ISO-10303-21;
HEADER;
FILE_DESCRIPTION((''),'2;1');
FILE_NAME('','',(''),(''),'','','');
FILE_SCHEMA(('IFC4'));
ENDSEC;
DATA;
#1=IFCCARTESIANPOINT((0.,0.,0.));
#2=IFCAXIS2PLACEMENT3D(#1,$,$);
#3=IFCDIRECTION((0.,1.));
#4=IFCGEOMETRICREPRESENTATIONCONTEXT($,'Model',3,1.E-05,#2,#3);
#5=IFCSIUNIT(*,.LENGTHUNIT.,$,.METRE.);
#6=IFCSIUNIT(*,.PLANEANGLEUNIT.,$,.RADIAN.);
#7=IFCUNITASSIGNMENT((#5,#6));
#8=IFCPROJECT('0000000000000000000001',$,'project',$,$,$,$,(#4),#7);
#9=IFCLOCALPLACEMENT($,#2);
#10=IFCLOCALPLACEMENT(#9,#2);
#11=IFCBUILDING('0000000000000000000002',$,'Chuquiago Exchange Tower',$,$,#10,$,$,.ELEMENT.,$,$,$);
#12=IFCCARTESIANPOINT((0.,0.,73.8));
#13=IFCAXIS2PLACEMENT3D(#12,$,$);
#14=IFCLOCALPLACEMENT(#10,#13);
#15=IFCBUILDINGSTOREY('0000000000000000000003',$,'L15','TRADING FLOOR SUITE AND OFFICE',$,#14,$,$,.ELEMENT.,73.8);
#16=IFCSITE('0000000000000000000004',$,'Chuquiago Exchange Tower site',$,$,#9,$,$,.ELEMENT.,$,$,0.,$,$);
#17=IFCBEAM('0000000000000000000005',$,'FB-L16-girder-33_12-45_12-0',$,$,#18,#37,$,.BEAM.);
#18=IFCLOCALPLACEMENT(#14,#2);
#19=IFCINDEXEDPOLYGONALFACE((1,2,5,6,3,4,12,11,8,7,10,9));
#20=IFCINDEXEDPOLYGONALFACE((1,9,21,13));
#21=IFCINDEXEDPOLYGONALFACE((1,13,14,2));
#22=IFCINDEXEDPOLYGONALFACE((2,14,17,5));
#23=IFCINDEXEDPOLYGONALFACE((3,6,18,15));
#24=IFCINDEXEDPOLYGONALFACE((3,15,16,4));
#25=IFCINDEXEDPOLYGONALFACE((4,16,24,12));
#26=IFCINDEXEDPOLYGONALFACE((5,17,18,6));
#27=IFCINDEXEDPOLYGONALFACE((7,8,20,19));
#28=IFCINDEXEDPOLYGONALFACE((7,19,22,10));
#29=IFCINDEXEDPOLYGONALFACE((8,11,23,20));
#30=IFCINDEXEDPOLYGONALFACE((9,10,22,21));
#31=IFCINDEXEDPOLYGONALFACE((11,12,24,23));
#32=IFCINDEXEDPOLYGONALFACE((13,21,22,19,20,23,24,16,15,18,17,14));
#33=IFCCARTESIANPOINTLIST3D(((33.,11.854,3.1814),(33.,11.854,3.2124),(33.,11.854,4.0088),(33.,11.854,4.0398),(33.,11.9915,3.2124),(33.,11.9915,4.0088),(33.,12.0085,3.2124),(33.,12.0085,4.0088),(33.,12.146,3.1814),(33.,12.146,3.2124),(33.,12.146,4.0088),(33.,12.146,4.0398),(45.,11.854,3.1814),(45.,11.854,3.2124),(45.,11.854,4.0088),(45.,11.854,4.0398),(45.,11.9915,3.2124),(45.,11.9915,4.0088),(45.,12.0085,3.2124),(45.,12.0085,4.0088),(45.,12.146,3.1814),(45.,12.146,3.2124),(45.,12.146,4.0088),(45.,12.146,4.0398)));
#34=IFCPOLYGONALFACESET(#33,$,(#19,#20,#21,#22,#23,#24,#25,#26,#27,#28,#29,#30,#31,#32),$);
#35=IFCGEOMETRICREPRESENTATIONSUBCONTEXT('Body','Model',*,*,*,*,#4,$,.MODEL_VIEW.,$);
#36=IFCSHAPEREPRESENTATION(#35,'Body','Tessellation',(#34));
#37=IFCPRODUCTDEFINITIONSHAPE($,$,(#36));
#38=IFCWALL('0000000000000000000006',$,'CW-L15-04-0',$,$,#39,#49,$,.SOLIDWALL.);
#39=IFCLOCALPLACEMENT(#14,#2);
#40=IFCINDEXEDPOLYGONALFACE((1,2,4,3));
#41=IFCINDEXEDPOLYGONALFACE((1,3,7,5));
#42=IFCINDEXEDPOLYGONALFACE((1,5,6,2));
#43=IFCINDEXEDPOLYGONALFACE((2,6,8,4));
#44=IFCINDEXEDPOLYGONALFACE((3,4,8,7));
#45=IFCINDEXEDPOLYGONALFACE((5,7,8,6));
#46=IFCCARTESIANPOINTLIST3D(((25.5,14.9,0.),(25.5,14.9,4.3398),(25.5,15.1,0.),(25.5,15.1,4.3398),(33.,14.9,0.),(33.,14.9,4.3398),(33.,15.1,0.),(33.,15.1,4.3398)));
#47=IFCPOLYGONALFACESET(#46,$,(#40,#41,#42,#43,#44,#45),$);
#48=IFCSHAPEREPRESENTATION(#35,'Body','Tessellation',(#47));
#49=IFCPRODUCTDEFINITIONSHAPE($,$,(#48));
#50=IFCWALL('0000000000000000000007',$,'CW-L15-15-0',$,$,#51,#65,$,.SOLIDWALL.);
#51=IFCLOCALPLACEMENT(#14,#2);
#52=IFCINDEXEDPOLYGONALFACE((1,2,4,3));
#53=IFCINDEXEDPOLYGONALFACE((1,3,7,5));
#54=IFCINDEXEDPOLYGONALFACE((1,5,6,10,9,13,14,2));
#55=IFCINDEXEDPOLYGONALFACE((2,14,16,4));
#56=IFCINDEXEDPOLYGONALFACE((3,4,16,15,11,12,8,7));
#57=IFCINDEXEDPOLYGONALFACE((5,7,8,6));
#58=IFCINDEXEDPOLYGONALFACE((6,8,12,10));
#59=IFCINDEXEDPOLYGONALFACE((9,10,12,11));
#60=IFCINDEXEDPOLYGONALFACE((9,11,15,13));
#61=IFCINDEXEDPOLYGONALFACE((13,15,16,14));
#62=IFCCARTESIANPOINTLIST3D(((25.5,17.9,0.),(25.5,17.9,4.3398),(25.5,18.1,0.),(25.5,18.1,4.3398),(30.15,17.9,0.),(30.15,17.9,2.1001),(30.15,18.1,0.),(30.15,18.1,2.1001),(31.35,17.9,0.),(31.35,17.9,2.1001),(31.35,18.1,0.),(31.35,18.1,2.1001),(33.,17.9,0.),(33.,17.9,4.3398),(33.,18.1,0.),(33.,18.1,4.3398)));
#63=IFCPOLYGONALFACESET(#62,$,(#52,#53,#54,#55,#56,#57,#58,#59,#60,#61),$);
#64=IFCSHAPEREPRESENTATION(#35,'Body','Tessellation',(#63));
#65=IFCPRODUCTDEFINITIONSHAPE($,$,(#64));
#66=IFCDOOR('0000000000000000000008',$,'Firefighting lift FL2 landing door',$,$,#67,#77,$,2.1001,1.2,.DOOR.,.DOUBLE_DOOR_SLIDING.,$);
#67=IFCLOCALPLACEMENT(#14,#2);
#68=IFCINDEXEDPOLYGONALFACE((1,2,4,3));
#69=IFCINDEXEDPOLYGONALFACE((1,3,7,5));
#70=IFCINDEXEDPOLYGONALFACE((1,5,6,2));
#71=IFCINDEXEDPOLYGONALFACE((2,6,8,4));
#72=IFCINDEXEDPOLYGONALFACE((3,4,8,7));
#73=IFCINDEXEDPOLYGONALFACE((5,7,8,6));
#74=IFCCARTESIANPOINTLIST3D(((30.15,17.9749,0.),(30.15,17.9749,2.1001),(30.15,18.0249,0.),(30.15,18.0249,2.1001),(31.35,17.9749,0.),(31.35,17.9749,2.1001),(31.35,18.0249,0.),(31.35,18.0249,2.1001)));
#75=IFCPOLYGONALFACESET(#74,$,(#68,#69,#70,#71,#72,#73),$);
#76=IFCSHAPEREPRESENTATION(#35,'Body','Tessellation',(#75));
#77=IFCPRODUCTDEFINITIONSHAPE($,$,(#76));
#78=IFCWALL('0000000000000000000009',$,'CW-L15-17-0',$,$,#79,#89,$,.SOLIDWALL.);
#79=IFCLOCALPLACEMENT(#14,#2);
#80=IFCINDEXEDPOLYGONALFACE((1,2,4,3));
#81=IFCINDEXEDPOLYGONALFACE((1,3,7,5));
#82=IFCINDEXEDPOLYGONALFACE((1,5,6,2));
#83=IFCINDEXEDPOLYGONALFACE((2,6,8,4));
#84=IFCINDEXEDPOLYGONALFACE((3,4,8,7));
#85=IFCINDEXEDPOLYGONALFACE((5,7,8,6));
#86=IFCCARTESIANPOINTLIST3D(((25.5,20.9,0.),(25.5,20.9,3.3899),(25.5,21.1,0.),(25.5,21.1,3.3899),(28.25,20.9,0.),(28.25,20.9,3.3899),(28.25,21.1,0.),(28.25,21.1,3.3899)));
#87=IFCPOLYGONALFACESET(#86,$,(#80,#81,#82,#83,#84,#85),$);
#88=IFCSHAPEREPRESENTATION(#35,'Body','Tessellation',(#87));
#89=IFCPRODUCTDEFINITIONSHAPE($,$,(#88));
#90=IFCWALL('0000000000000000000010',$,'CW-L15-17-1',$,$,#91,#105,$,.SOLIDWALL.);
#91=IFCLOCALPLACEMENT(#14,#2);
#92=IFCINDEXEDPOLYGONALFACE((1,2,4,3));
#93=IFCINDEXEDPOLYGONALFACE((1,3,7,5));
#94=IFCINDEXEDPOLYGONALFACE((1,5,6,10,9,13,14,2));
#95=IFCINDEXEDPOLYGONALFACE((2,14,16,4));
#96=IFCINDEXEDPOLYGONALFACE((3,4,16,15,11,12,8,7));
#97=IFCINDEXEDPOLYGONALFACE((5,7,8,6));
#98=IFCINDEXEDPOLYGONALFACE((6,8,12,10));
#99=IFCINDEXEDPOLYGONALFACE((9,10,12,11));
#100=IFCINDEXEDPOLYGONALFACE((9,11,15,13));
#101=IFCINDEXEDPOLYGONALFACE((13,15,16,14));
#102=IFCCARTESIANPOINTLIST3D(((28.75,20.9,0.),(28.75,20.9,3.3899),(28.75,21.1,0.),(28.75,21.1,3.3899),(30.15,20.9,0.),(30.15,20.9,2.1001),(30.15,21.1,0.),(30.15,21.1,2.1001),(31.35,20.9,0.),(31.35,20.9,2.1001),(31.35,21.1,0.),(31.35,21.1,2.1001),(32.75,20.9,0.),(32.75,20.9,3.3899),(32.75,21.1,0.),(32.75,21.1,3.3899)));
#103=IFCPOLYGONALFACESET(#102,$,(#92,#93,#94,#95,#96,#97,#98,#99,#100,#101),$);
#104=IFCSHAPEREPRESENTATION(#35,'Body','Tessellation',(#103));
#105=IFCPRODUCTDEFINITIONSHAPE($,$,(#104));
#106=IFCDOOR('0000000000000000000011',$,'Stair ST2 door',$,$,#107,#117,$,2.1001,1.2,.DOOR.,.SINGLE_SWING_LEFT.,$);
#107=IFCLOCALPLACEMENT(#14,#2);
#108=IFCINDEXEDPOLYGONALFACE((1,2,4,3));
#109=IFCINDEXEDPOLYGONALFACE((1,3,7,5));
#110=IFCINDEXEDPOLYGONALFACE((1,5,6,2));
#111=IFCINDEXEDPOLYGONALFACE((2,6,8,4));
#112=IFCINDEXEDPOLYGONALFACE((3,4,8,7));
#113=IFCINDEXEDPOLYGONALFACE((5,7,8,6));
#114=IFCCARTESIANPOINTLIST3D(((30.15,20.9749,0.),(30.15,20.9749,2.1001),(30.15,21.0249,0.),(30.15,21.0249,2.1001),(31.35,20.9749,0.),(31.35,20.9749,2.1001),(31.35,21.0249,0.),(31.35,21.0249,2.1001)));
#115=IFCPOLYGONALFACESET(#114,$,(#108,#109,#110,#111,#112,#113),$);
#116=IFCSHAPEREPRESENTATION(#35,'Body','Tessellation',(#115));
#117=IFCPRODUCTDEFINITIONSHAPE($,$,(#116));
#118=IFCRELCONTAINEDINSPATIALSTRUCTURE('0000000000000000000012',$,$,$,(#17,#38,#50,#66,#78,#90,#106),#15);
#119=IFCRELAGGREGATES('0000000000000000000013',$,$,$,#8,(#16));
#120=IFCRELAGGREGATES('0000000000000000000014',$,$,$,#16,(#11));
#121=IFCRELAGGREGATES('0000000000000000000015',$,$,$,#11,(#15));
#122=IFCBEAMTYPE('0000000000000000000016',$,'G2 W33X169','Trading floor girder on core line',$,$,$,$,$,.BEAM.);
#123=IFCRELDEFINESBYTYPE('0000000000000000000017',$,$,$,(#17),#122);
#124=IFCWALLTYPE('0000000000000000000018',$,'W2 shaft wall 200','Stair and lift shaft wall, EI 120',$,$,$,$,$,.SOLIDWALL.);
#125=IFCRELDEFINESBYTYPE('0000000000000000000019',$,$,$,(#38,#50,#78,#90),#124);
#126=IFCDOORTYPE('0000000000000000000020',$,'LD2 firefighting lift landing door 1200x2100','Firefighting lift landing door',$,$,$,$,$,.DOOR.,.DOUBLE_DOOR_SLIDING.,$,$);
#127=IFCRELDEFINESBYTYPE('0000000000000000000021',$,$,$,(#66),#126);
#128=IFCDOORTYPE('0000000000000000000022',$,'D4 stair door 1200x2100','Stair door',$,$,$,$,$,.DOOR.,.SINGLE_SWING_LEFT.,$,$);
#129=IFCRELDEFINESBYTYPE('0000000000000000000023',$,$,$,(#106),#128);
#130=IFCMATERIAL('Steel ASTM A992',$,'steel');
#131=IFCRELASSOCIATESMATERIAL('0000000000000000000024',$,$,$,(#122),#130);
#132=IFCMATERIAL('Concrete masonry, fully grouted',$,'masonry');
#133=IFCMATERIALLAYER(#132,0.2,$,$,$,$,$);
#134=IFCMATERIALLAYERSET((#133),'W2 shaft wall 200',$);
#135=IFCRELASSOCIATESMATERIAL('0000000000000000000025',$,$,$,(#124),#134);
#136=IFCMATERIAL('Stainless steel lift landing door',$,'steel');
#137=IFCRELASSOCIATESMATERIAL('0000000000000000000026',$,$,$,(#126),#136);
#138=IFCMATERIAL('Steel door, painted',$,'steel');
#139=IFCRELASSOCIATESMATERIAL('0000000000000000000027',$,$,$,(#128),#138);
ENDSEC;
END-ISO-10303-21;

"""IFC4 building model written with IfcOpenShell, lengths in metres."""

from ifc_helpers import new_model, si_unit, direction, frame, frame_2d, origin, origin_2d, place, context, subcontext, project, spatial, rectangle, i_section, extrude, material, layer, layer_set, material_profile, profile_set, type_object, element, fill, save


model = new_model("IFC4")

# Units and contexts
model_context = context("Model", 3, precision=1e-05, world=origin(), true_north=direction((0.0, 1.0)))
body_context = subcontext(model_context, "Body", "Model", "MODEL_VIEW")
ifc_project = project(units=[si_unit("LENGTHUNIT", "METRE"), si_unit("PLANEANGLEUNIT", "RADIAN")], contexts=[model_context])

# Site, building, storey
site_placement = place(None, origin())
site = spatial("IfcSite", under=ifc_project, at=site_placement, Name="Chuquiago Exchange Tower site", CompositionType="ELEMENT", RefElevation=0.0)
building_placement = place(site_placement, origin())
building = spatial("IfcBuilding", under=site, at=building_placement, Name="Chuquiago Exchange Tower", CompositionType="ELEMENT")
storey_placement = place(building_placement, frame((0.0, 0.0, 73.8)))
storey = spatial("IfcBuildingStorey", under=building, at=storey_placement, Name="L15", Description="TRADING FLOOR SUITE AND OFFICE", CompositionType="ELEMENT", Elevation=73.8)

# Beam
ifc_material_1 = material(Name="Steel ASTM A992", Category="steel")
ifc_material_profile_1 = material_profile(ifc_material_1, i_section(OverallWidth=0.292, OverallDepth=0.8584, WebThickness=0.0171, FlangeThickness=0.031, at=origin_2d()), Name="W33X169")
ifc_profile_set_1 = profile_set([ifc_material_profile_1], Name="Steel ASTM A992")
beam_type_1 = type_object("IfcBeamType", Name="G2 W33X169", Description="Trading floor girder on core line", PredefinedType="BEAM", material=ifc_profile_set_1)
for number, where, z_axis, x_axis, name in (
    (1, (33.0, 12.0, 3.6106), (1.0, 0.0, 0.0), (0.0, 1.0, 0.0), "FB-L16-girder-33_12-45_12-0"),
):
    element("IfcBeam", number, at=place(storey_placement, frame(where, z_axis=z_axis, x_axis=x_axis)), inside=storey, type_object=beam_type_1, Name=name, PredefinedType="BEAM", context=body_context, shape_type="SweptSolid", body=[
        extrude(i_section(OverallWidth=0.292, OverallDepth=0.8584, WebThickness=0.0171, FlangeThickness=0.031, at=origin_2d()), origin(), (0.0, 0.0, 1.0), 12.0),
    ])

# Wall
ifc_material_2 = material(Name="Concrete masonry, fully grouted", Category="masonry")
ifc_layer_1 = layer(ifc_material_2, 0.2)
ifc_layer_set_1 = layer_set([ifc_layer_1], Name="W2 shaft wall 200")
wall_type_1 = type_object("IfcWallType", Name="W2 shaft wall 200", Description="Stair and lift shaft wall, EI 120", PredefinedType="SOLIDWALL", material=ifc_layer_set_1)
wall_1_placement = place(storey_placement, frame((25.5, 15.0, 0.0), z_axis=(0.0, 0.0, 1.0), x_axis=(1.0, 0.0, 0.0)))
element("IfcWall", 2, at=wall_1_placement, inside=storey, type_object=wall_type_1, Name="CW-L15-04-0", PredefinedType="SOLIDWALL", context=body_context, shape_type="SweptSolid", body=[
    extrude(rectangle(XDim=7.5, YDim=0.2, at=frame_2d((3.75, 0.0))), origin(), (0.0, 0.0, 1.0), 4.3398),
])

# Wall, opening, door
wall_2_placement = place(storey_placement, frame((25.5, 18.0, 0.0), z_axis=(0.0, 0.0, 1.0), x_axis=(1.0, 0.0, 0.0)))
wall_2 = element("IfcWall", 3, at=wall_2_placement, inside=storey, type_object=wall_type_1, Name="CW-L15-15-0", PredefinedType="SOLIDWALL", context=body_context, shape_type="SweptSolid", body=[
    extrude(rectangle(XDim=7.5, YDim=0.2, at=frame_2d((3.75, 0.0))), origin(), (0.0, 0.0, 1.0), 4.3398),
])
opening_1_placement = place(wall_2_placement, frame((4.6499, 0.0, 0.0)))
opening_1 = element("IfcOpeningElement", 4, at=opening_1_placement, cuts=wall_2, PredefinedType="OPENING", context=body_context, shape_type="SweptSolid", body=[
    extrude(rectangle(XDim=1.2, YDim=2.1001, at=frame_2d((0.6001, 1.05))), frame((0.0, 0.1099, 0.0), z_axis=(0.0, -1.0, 0.0), x_axis=(1.0, 0.0, 0.0)), (0.0, 0.0, 1.0), 0.22),
])
ifc_material_3 = material(Name="Stainless steel lift landing door", Category="steel")
door_type_1 = type_object("IfcDoorType", Name="LD2 firefighting lift landing door 1200x2100", Description="Firefighting lift landing door", OperationType="DOUBLE_DOOR_SLIDING", PredefinedType="DOOR", material=ifc_material_3)
door_1_placement = place(opening_1_placement, origin())
door_1 = element("IfcDoor", 5, at=door_1_placement, inside=storey, type_object=door_type_1, Name="Firefighting lift FL2 landing door", OperationType="DOUBLE_DOOR_SLIDING", OverallHeight=2.1001, OverallWidth=1.2, PredefinedType="DOOR", context=body_context, shape_type="SweptSolid", body=[
    extrude(rectangle(XDim=1.2, YDim=2.1001, at=frame_2d((0.6001, 1.05))), frame((0.0, 0.0249, 0.0), z_axis=(0.0, -1.0, 0.0), x_axis=(1.0, 0.0, 0.0)), (0.0, 0.0, 1.0), 0.05),
])
fill(opening_1, door_1)

# Wall
wall_3_placement = place(storey_placement, frame((25.5, 21.0, 0.0), z_axis=(0.0, 0.0, 1.0), x_axis=(1.0, 0.0, 0.0)))
element("IfcWall", 6, at=wall_3_placement, inside=storey, type_object=wall_type_1, Name="CW-L15-17-0", PredefinedType="SOLIDWALL", context=body_context, shape_type="SweptSolid", body=[
    extrude(rectangle(XDim=2.75, YDim=0.2, at=frame_2d((1.375, 0.0))), origin(), (0.0, 0.0, 1.0), 3.3899),
])

# Wall, opening, door
wall_4_placement = place(storey_placement, frame((28.75, 21.0, 0.0), z_axis=(0.0, 0.0, 1.0), x_axis=(1.0, 0.0, 0.0)))
wall_4 = element("IfcWall", 7, at=wall_4_placement, inside=storey, type_object=wall_type_1, Name="CW-L15-17-1", PredefinedType="SOLIDWALL", context=body_context, shape_type="SweptSolid", body=[
    extrude(rectangle(XDim=4.0, YDim=0.2, at=frame_2d((2.0, 0.0))), origin(), (0.0, 0.0, 1.0), 3.3899),
])
opening_2_placement = place(wall_4_placement, frame((1.3999, 0.0, 0.0)))
opening_2 = element("IfcOpeningElement", 8, at=opening_2_placement, cuts=wall_4, PredefinedType="OPENING", context=body_context, shape_type="SweptSolid", body=[
    extrude(rectangle(XDim=1.2, YDim=2.1001, at=frame_2d((0.6001, 1.05))), frame((0.0, 0.1099, 0.0), z_axis=(0.0, -1.0, 0.0), x_axis=(1.0, 0.0, 0.0)), (0.0, 0.0, 1.0), 0.22),
])
ifc_material_4 = material(Name="Steel door, painted", Category="steel")
door_type_2 = type_object("IfcDoorType", Name="D4 stair door 1200x2100", Description="Stair door", OperationType="SINGLE_SWING_LEFT", PredefinedType="DOOR", material=ifc_material_4)
door_2_placement = place(opening_2_placement, origin())
door_2 = element("IfcDoor", 9, at=door_2_placement, inside=storey, type_object=door_type_2, Name="Stair ST2 door", OperationType="SINGLE_SWING_LEFT", OverallHeight=2.1001, OverallWidth=1.2, PredefinedType="DOOR", context=body_context, shape_type="SweptSolid", body=[
    extrude(rectangle(XDim=1.2, YDim=2.1001, at=frame_2d((0.6001, 1.05))), frame((0.0, 0.0249, 0.0), z_axis=(0.0, -1.0, 0.0), x_axis=(1.0, 0.0, 0.0)), (0.0, 0.0, 1.0), 0.05),
])
fill(opening_2, door_2)

save(model, "model.ifc")
